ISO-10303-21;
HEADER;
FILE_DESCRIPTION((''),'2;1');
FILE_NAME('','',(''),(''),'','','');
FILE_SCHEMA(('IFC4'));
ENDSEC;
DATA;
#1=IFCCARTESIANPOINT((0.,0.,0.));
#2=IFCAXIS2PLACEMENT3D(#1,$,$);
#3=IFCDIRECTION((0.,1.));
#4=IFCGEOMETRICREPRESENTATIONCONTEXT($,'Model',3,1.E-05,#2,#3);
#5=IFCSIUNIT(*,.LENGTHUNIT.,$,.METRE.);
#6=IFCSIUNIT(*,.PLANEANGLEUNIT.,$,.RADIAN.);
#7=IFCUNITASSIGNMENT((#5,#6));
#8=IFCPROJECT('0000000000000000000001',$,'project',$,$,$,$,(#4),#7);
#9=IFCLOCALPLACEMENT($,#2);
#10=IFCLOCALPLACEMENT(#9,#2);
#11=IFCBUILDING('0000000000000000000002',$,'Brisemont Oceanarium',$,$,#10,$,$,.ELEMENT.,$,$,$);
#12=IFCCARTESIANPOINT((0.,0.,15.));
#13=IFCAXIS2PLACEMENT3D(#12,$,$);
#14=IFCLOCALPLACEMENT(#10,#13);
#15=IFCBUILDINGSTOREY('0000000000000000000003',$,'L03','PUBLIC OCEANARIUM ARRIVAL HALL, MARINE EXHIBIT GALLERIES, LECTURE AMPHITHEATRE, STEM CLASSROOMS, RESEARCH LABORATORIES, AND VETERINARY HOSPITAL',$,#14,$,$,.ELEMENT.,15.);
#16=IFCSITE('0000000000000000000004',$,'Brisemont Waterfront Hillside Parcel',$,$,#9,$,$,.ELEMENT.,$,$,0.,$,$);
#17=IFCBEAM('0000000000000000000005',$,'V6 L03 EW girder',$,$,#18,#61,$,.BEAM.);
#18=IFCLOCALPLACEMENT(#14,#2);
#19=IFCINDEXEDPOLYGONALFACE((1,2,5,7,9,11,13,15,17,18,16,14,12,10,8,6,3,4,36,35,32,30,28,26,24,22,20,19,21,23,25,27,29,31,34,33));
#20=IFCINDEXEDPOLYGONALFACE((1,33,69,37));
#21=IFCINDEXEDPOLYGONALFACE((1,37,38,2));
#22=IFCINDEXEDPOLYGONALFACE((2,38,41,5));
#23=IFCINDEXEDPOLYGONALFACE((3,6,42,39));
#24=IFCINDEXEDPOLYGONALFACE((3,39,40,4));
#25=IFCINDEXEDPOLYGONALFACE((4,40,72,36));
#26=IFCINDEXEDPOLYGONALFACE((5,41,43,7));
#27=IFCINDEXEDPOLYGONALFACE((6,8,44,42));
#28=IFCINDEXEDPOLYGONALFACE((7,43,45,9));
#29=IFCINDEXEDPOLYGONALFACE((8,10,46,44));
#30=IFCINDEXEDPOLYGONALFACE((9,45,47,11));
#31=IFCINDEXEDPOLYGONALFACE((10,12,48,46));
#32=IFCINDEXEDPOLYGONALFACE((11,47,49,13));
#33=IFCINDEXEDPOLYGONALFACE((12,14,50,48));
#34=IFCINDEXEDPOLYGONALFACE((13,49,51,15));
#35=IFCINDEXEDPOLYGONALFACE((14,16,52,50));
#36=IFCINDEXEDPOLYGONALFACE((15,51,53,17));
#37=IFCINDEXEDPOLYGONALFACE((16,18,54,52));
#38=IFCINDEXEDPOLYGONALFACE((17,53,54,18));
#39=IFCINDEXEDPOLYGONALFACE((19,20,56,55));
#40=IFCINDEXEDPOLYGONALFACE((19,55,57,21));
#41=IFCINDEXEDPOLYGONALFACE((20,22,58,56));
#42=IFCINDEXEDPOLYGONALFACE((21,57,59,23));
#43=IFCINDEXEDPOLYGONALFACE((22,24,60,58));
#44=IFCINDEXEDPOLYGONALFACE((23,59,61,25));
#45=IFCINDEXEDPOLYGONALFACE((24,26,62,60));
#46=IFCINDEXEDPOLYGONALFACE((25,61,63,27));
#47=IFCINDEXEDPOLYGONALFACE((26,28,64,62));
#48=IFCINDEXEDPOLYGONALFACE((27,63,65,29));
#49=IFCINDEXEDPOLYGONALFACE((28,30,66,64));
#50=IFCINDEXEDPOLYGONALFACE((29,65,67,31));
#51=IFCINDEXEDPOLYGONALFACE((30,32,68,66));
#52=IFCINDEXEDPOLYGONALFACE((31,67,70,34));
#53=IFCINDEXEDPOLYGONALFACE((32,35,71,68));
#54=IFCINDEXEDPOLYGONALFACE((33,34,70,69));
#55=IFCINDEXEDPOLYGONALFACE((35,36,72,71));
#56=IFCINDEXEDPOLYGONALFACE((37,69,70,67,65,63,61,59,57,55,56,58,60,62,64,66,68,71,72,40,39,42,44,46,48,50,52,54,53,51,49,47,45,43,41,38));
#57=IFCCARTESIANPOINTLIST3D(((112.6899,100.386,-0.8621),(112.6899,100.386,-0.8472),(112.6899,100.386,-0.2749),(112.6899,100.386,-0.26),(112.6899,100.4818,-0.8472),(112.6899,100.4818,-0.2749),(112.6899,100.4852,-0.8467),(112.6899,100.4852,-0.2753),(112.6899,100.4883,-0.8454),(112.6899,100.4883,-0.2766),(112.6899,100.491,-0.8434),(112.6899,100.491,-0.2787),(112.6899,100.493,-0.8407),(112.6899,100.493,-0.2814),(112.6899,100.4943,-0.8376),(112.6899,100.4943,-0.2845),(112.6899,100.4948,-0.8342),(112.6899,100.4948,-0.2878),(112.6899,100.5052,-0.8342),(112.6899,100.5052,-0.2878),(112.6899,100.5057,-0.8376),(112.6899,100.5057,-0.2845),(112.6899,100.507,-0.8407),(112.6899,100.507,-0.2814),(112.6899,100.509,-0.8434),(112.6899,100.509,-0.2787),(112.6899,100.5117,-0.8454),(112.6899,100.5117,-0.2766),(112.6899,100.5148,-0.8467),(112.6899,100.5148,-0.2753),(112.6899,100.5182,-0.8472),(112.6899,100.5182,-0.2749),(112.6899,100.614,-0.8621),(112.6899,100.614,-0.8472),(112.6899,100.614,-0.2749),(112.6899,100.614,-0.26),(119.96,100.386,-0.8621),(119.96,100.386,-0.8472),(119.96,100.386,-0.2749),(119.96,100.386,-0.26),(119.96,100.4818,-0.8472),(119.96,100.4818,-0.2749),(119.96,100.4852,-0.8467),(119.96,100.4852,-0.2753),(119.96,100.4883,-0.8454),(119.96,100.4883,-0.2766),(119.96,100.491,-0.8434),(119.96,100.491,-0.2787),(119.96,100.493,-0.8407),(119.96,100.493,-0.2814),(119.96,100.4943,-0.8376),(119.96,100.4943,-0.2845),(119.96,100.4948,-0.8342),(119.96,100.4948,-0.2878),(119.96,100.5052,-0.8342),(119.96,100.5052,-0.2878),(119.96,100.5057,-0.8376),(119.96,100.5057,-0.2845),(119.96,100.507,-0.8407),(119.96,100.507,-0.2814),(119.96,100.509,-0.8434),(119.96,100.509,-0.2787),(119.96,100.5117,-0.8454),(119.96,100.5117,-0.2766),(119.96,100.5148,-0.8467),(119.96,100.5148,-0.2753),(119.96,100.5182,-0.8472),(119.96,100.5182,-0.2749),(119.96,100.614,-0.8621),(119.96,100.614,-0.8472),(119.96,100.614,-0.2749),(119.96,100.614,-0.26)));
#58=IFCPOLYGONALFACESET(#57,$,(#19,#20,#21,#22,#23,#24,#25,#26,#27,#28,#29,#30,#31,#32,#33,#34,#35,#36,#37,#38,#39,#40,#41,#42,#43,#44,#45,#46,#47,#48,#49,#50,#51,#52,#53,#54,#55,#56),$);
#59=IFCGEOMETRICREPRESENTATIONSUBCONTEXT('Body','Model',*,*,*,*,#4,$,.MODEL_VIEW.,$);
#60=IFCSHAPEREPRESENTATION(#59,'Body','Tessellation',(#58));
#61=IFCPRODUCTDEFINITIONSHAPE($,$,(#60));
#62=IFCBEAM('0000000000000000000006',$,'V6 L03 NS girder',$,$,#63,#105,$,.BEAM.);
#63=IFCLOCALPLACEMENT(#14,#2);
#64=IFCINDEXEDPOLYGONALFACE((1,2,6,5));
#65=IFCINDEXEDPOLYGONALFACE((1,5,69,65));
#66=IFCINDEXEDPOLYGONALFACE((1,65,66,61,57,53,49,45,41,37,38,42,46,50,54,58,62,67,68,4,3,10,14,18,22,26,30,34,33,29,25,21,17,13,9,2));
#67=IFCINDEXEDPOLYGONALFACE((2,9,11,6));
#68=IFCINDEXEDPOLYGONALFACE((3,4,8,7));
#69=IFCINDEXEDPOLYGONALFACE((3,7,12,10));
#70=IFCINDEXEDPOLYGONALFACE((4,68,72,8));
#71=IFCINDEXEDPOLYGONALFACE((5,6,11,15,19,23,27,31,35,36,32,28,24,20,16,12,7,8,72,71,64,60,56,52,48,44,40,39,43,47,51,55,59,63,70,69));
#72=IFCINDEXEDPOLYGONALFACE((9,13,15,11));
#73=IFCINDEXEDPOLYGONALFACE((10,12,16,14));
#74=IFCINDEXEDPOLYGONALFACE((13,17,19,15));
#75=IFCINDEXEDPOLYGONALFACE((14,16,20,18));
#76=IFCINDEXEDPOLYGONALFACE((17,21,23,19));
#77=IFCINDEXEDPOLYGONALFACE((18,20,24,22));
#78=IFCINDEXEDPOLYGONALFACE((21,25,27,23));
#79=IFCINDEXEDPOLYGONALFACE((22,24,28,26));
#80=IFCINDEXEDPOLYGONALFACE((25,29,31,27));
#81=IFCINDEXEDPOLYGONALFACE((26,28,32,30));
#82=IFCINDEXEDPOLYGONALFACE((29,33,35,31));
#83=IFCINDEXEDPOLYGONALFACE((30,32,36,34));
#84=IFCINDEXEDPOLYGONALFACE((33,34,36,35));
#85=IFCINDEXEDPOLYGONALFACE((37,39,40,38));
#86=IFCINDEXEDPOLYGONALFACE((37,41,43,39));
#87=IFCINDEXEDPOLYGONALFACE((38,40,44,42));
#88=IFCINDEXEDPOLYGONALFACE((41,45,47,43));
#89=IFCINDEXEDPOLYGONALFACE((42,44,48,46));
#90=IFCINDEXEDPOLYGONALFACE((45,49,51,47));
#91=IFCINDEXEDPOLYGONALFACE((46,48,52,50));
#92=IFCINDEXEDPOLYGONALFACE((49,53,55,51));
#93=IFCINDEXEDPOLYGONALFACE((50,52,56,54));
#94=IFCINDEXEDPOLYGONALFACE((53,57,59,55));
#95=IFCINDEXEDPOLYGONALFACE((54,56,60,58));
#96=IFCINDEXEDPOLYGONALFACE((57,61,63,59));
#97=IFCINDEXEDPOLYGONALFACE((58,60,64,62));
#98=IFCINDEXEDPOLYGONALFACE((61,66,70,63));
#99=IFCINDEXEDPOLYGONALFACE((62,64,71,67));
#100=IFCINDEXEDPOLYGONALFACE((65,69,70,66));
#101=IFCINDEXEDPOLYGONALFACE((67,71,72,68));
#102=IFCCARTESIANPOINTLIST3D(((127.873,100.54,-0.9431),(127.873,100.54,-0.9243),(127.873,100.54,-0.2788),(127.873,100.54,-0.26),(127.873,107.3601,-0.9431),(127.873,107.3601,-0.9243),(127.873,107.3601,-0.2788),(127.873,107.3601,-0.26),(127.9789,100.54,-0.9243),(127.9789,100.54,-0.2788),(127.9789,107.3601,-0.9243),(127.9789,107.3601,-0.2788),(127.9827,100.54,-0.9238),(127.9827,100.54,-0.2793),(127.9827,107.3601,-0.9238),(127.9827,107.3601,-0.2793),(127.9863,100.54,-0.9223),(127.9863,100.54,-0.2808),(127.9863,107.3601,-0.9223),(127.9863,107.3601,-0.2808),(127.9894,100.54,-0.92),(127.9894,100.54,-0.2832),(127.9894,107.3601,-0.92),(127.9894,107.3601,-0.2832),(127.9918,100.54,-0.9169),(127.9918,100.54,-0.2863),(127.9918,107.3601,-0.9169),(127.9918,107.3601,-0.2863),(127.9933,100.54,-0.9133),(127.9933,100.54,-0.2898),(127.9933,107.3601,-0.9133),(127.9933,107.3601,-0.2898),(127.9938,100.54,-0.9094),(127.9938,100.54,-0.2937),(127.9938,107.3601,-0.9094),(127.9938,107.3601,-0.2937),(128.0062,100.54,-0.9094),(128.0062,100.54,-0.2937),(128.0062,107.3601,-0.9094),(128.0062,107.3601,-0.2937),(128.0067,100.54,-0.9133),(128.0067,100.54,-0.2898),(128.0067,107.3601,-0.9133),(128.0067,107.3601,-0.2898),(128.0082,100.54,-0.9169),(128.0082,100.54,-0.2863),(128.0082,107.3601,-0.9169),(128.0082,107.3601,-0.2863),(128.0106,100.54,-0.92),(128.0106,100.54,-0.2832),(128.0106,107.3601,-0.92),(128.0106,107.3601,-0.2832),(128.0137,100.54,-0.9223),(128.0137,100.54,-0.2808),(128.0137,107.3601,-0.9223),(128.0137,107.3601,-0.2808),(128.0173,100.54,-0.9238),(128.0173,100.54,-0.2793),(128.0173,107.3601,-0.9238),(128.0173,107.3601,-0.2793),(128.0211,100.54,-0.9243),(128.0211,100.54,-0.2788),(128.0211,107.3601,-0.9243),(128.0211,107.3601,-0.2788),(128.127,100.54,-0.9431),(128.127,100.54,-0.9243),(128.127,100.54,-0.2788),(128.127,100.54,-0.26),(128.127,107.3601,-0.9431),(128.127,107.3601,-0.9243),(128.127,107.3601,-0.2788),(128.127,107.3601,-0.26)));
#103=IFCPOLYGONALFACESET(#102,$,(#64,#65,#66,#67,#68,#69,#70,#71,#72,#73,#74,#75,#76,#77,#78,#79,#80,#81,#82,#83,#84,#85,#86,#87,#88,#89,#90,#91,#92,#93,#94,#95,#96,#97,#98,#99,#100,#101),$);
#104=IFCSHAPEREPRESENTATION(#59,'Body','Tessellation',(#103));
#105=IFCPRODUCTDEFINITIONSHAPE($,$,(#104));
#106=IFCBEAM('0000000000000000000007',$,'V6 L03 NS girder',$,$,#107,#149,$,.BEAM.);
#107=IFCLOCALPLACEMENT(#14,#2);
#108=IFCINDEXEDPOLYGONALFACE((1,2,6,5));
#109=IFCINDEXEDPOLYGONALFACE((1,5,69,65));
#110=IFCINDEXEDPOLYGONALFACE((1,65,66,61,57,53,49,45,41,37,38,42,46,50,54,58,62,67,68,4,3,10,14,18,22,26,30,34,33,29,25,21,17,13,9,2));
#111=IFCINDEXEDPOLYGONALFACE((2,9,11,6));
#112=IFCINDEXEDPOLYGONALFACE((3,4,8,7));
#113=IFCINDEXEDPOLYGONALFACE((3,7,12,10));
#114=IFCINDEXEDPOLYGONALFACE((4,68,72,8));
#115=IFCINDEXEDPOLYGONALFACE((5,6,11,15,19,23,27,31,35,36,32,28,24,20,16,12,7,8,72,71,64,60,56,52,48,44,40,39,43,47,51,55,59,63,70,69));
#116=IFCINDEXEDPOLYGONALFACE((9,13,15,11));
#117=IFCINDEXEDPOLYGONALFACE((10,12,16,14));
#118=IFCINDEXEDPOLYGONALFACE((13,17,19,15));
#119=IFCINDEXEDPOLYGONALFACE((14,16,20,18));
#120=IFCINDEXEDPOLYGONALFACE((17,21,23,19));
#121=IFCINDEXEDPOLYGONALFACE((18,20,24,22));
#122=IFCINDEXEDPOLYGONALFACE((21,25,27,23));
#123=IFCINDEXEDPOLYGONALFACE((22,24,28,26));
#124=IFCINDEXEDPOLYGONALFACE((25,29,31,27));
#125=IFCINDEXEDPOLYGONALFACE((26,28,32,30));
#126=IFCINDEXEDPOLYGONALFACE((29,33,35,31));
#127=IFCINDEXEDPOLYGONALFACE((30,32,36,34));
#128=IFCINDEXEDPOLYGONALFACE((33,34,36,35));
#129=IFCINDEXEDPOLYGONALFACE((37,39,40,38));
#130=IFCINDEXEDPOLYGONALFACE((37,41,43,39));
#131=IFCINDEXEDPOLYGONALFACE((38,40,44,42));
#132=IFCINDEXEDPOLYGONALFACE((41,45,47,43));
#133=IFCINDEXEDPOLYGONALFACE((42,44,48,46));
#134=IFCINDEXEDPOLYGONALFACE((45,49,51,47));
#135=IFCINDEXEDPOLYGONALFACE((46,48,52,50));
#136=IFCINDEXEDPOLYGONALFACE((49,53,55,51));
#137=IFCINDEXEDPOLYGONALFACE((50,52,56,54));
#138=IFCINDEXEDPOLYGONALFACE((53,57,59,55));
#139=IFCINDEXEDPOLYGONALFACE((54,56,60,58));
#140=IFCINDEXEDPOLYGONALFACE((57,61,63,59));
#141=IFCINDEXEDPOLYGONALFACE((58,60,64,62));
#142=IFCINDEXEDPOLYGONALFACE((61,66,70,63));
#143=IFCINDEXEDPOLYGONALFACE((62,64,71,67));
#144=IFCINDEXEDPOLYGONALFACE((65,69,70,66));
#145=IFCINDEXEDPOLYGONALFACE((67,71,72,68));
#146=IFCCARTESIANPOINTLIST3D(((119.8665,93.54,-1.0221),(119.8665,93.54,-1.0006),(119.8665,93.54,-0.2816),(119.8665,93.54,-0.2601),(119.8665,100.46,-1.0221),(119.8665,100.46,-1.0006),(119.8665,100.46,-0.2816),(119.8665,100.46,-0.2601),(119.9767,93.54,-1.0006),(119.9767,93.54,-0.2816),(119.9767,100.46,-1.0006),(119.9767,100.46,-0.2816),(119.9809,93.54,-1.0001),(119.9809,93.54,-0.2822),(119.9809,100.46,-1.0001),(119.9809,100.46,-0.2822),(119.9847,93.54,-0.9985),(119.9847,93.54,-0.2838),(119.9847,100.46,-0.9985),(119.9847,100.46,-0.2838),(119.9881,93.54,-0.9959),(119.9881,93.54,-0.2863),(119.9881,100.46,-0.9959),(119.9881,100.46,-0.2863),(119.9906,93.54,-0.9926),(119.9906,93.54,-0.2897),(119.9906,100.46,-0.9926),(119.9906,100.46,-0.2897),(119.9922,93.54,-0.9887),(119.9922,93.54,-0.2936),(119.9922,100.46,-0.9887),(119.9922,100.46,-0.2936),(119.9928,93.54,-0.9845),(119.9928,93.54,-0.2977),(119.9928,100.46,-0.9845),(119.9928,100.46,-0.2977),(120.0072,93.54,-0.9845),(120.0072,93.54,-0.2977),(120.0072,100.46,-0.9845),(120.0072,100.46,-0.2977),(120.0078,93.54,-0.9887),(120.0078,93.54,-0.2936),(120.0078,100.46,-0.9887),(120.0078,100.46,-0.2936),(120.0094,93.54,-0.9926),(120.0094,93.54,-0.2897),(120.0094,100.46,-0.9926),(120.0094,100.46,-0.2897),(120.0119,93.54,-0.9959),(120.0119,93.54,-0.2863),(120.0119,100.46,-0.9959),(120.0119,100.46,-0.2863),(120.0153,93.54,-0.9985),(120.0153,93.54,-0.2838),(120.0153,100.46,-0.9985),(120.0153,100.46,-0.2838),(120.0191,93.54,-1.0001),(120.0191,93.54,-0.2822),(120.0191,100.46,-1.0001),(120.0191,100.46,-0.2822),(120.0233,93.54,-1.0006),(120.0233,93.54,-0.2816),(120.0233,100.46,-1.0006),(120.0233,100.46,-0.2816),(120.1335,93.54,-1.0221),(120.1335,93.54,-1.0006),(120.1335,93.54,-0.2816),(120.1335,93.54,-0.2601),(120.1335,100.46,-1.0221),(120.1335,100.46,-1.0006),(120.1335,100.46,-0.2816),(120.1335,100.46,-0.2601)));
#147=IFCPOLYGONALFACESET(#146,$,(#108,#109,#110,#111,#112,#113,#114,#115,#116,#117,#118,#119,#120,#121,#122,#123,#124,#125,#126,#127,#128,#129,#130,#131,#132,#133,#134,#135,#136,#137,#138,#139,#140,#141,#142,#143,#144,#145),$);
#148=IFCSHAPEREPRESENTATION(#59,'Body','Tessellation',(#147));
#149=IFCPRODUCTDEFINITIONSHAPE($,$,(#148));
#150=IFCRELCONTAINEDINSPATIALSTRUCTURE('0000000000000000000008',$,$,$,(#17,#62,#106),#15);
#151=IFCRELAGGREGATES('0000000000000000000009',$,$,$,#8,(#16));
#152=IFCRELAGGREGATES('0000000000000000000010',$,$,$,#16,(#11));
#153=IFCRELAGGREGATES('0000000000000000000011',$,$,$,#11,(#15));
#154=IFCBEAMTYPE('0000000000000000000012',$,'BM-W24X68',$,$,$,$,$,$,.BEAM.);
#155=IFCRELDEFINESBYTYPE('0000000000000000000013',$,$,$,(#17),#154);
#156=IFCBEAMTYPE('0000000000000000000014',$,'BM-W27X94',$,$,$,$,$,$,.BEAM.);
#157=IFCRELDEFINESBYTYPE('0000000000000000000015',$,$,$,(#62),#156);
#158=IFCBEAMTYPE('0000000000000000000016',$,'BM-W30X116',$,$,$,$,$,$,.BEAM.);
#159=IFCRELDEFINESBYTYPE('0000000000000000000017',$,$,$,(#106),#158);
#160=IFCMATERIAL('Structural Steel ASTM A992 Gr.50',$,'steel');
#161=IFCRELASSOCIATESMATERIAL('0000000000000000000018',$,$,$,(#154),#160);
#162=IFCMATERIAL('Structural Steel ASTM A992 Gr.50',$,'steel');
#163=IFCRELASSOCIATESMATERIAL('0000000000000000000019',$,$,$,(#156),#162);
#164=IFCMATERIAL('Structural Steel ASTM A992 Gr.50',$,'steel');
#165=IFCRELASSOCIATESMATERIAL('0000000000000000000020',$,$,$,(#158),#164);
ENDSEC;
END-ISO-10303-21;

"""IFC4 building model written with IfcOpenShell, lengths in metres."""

from ifc_helpers import new_model, si_unit, direction, frame, origin, origin_2d, place, context, subcontext, project, spatial, i_section, extrude, material, material_profile, profile_set, type_object, element, save


model = new_model("IFC4")

# Units and contexts
model_context = context("Model", 3, precision=1e-05, world=origin(), true_north=direction((0.0, 1.0)))
body_context = subcontext(model_context, "Body", "Model", "MODEL_VIEW")
ifc_project = project(units=[si_unit("LENGTHUNIT", "METRE"), si_unit("PLANEANGLEUNIT", "RADIAN")], contexts=[model_context])

# Site, building, storey
site_placement = place(None, origin())
site = spatial("IfcSite", under=ifc_project, at=site_placement, Name="Brisemont Waterfront Hillside Parcel", CompositionType="ELEMENT", RefElevation=0.0)
building_placement = place(site_placement, origin())
building = spatial("IfcBuilding", under=site, at=building_placement, Name="Brisemont Oceanarium", CompositionType="ELEMENT")
storey_placement = place(building_placement, frame((0.0, 0.0, 15.0)))
storey = spatial("IfcBuildingStorey", under=building, at=storey_placement, Name="L03", Description="PUBLIC OCEANARIUM ARRIVAL HALL, MARINE EXHIBIT GALLERIES, LECTURE AMPHITHEATRE, STEM CLASSROOMS, RESEARCH LABORATORIES, AND VETERINARY HOSPITAL", CompositionType="ELEMENT", Elevation=15.0)

# Beams
ifc_material_1 = material(Name="Structural Steel ASTM A992 Gr.50", Category="steel")
ifc_material_profile_1 = material_profile(ifc_material_1, i_section(OverallWidth=0.228, OverallDepth=0.6021, WebThickness=0.0105, FlangeThickness=0.0149, FilletRadius=0.0129, at=origin_2d()), Name="W24X68")
ifc_profile_set_1 = profile_set([ifc_material_profile_1], Name="Structural Steel ASTM A992 Gr.50")
beam_type_1 = type_object("IfcBeamType", Name="BM-W24X68", PredefinedType="BEAM", material=ifc_profile_set_1)
beam_1_placement = place(storey_placement, frame((112.6899, 100.5, -0.561), z_axis=(1.0, 0.0, 0.0), x_axis=(0.0, 1.0, 0.0)))
element("IfcBeam", 1, at=beam_1_placement, inside=storey, type_object=beam_type_1, Name="V6 L03 EW girder", PredefinedType="BEAM", context=body_context, shape_type="SweptSolid", body=[
    extrude(i_section(OverallWidth=0.228, OverallDepth=0.6021, WebThickness=0.0105, FlangeThickness=0.0149, FilletRadius=0.0129, at=origin_2d()), origin(), (0.0, 0.0, 1.0), 7.27),
])
ifc_material_2 = material(Name="Structural Steel ASTM A992 Gr.50", Category="steel")
ifc_material_profile_2 = material_profile(ifc_material_2, i_section(OverallWidth=0.2539, OverallDepth=0.6831, WebThickness=0.0125, FlangeThickness=0.0188, FilletRadius=0.0149, at=origin_2d()), Name="W27X94")
ifc_profile_set_2 = profile_set([ifc_material_profile_2], Name="Structural Steel ASTM A992 Gr.50")
beam_type_2 = type_object("IfcBeamType", Name="BM-W27X94", PredefinedType="BEAM", material=ifc_profile_set_2)
beam_2_placement = place(storey_placement, frame((128.0, 100.54, -0.6016), z_axis=(0.0, 1.0, 0.0), x_axis=(-1.0, 0.0, 0.0)))
element("IfcBeam", 2, at=beam_2_placement, inside=storey, type_object=beam_type_2, Name="V6 L03 NS girder", PredefinedType="BEAM", context=body_context, shape_type="SweptSolid", body=[
    extrude(i_section(OverallWidth=0.2539, OverallDepth=0.6831, WebThickness=0.0125, FlangeThickness=0.0188, FilletRadius=0.0149, at=origin_2d()), origin(), (0.0, 0.0, 1.0), 6.8201),
])
ifc_material_3 = material(Name="Structural Steel ASTM A992 Gr.50", Category="steel")
ifc_material_profile_3 = material_profile(ifc_material_3, i_section(OverallWidth=0.2671, OverallDepth=0.762, WebThickness=0.0144, FlangeThickness=0.0215, FilletRadius=0.0161, at=origin_2d()), Name="W30X116")
ifc_profile_set_3 = profile_set([ifc_material_profile_3], Name="Structural Steel ASTM A992 Gr.50")
beam_type_3 = type_object("IfcBeamType", Name="BM-W30X116", PredefinedType="BEAM", material=ifc_profile_set_3)
beam_3_placement = place(storey_placement, frame((120.0, 93.54, -0.6411), z_axis=(0.0, 1.0, 0.0), x_axis=(-1.0, 0.0, 0.0)))
element("IfcBeam", 3, at=beam_3_placement, inside=storey, type_object=beam_type_3, Name="V6 L03 NS girder", PredefinedType="BEAM", context=body_context, shape_type="SweptSolid", body=[
    extrude(i_section(OverallWidth=0.2671, OverallDepth=0.762, WebThickness=0.0144, FlangeThickness=0.0215, FilletRadius=0.0161, at=origin_2d()), origin(), (0.0, 0.0, 1.0), 6.9199),
])

save(model, "model.ifc")
